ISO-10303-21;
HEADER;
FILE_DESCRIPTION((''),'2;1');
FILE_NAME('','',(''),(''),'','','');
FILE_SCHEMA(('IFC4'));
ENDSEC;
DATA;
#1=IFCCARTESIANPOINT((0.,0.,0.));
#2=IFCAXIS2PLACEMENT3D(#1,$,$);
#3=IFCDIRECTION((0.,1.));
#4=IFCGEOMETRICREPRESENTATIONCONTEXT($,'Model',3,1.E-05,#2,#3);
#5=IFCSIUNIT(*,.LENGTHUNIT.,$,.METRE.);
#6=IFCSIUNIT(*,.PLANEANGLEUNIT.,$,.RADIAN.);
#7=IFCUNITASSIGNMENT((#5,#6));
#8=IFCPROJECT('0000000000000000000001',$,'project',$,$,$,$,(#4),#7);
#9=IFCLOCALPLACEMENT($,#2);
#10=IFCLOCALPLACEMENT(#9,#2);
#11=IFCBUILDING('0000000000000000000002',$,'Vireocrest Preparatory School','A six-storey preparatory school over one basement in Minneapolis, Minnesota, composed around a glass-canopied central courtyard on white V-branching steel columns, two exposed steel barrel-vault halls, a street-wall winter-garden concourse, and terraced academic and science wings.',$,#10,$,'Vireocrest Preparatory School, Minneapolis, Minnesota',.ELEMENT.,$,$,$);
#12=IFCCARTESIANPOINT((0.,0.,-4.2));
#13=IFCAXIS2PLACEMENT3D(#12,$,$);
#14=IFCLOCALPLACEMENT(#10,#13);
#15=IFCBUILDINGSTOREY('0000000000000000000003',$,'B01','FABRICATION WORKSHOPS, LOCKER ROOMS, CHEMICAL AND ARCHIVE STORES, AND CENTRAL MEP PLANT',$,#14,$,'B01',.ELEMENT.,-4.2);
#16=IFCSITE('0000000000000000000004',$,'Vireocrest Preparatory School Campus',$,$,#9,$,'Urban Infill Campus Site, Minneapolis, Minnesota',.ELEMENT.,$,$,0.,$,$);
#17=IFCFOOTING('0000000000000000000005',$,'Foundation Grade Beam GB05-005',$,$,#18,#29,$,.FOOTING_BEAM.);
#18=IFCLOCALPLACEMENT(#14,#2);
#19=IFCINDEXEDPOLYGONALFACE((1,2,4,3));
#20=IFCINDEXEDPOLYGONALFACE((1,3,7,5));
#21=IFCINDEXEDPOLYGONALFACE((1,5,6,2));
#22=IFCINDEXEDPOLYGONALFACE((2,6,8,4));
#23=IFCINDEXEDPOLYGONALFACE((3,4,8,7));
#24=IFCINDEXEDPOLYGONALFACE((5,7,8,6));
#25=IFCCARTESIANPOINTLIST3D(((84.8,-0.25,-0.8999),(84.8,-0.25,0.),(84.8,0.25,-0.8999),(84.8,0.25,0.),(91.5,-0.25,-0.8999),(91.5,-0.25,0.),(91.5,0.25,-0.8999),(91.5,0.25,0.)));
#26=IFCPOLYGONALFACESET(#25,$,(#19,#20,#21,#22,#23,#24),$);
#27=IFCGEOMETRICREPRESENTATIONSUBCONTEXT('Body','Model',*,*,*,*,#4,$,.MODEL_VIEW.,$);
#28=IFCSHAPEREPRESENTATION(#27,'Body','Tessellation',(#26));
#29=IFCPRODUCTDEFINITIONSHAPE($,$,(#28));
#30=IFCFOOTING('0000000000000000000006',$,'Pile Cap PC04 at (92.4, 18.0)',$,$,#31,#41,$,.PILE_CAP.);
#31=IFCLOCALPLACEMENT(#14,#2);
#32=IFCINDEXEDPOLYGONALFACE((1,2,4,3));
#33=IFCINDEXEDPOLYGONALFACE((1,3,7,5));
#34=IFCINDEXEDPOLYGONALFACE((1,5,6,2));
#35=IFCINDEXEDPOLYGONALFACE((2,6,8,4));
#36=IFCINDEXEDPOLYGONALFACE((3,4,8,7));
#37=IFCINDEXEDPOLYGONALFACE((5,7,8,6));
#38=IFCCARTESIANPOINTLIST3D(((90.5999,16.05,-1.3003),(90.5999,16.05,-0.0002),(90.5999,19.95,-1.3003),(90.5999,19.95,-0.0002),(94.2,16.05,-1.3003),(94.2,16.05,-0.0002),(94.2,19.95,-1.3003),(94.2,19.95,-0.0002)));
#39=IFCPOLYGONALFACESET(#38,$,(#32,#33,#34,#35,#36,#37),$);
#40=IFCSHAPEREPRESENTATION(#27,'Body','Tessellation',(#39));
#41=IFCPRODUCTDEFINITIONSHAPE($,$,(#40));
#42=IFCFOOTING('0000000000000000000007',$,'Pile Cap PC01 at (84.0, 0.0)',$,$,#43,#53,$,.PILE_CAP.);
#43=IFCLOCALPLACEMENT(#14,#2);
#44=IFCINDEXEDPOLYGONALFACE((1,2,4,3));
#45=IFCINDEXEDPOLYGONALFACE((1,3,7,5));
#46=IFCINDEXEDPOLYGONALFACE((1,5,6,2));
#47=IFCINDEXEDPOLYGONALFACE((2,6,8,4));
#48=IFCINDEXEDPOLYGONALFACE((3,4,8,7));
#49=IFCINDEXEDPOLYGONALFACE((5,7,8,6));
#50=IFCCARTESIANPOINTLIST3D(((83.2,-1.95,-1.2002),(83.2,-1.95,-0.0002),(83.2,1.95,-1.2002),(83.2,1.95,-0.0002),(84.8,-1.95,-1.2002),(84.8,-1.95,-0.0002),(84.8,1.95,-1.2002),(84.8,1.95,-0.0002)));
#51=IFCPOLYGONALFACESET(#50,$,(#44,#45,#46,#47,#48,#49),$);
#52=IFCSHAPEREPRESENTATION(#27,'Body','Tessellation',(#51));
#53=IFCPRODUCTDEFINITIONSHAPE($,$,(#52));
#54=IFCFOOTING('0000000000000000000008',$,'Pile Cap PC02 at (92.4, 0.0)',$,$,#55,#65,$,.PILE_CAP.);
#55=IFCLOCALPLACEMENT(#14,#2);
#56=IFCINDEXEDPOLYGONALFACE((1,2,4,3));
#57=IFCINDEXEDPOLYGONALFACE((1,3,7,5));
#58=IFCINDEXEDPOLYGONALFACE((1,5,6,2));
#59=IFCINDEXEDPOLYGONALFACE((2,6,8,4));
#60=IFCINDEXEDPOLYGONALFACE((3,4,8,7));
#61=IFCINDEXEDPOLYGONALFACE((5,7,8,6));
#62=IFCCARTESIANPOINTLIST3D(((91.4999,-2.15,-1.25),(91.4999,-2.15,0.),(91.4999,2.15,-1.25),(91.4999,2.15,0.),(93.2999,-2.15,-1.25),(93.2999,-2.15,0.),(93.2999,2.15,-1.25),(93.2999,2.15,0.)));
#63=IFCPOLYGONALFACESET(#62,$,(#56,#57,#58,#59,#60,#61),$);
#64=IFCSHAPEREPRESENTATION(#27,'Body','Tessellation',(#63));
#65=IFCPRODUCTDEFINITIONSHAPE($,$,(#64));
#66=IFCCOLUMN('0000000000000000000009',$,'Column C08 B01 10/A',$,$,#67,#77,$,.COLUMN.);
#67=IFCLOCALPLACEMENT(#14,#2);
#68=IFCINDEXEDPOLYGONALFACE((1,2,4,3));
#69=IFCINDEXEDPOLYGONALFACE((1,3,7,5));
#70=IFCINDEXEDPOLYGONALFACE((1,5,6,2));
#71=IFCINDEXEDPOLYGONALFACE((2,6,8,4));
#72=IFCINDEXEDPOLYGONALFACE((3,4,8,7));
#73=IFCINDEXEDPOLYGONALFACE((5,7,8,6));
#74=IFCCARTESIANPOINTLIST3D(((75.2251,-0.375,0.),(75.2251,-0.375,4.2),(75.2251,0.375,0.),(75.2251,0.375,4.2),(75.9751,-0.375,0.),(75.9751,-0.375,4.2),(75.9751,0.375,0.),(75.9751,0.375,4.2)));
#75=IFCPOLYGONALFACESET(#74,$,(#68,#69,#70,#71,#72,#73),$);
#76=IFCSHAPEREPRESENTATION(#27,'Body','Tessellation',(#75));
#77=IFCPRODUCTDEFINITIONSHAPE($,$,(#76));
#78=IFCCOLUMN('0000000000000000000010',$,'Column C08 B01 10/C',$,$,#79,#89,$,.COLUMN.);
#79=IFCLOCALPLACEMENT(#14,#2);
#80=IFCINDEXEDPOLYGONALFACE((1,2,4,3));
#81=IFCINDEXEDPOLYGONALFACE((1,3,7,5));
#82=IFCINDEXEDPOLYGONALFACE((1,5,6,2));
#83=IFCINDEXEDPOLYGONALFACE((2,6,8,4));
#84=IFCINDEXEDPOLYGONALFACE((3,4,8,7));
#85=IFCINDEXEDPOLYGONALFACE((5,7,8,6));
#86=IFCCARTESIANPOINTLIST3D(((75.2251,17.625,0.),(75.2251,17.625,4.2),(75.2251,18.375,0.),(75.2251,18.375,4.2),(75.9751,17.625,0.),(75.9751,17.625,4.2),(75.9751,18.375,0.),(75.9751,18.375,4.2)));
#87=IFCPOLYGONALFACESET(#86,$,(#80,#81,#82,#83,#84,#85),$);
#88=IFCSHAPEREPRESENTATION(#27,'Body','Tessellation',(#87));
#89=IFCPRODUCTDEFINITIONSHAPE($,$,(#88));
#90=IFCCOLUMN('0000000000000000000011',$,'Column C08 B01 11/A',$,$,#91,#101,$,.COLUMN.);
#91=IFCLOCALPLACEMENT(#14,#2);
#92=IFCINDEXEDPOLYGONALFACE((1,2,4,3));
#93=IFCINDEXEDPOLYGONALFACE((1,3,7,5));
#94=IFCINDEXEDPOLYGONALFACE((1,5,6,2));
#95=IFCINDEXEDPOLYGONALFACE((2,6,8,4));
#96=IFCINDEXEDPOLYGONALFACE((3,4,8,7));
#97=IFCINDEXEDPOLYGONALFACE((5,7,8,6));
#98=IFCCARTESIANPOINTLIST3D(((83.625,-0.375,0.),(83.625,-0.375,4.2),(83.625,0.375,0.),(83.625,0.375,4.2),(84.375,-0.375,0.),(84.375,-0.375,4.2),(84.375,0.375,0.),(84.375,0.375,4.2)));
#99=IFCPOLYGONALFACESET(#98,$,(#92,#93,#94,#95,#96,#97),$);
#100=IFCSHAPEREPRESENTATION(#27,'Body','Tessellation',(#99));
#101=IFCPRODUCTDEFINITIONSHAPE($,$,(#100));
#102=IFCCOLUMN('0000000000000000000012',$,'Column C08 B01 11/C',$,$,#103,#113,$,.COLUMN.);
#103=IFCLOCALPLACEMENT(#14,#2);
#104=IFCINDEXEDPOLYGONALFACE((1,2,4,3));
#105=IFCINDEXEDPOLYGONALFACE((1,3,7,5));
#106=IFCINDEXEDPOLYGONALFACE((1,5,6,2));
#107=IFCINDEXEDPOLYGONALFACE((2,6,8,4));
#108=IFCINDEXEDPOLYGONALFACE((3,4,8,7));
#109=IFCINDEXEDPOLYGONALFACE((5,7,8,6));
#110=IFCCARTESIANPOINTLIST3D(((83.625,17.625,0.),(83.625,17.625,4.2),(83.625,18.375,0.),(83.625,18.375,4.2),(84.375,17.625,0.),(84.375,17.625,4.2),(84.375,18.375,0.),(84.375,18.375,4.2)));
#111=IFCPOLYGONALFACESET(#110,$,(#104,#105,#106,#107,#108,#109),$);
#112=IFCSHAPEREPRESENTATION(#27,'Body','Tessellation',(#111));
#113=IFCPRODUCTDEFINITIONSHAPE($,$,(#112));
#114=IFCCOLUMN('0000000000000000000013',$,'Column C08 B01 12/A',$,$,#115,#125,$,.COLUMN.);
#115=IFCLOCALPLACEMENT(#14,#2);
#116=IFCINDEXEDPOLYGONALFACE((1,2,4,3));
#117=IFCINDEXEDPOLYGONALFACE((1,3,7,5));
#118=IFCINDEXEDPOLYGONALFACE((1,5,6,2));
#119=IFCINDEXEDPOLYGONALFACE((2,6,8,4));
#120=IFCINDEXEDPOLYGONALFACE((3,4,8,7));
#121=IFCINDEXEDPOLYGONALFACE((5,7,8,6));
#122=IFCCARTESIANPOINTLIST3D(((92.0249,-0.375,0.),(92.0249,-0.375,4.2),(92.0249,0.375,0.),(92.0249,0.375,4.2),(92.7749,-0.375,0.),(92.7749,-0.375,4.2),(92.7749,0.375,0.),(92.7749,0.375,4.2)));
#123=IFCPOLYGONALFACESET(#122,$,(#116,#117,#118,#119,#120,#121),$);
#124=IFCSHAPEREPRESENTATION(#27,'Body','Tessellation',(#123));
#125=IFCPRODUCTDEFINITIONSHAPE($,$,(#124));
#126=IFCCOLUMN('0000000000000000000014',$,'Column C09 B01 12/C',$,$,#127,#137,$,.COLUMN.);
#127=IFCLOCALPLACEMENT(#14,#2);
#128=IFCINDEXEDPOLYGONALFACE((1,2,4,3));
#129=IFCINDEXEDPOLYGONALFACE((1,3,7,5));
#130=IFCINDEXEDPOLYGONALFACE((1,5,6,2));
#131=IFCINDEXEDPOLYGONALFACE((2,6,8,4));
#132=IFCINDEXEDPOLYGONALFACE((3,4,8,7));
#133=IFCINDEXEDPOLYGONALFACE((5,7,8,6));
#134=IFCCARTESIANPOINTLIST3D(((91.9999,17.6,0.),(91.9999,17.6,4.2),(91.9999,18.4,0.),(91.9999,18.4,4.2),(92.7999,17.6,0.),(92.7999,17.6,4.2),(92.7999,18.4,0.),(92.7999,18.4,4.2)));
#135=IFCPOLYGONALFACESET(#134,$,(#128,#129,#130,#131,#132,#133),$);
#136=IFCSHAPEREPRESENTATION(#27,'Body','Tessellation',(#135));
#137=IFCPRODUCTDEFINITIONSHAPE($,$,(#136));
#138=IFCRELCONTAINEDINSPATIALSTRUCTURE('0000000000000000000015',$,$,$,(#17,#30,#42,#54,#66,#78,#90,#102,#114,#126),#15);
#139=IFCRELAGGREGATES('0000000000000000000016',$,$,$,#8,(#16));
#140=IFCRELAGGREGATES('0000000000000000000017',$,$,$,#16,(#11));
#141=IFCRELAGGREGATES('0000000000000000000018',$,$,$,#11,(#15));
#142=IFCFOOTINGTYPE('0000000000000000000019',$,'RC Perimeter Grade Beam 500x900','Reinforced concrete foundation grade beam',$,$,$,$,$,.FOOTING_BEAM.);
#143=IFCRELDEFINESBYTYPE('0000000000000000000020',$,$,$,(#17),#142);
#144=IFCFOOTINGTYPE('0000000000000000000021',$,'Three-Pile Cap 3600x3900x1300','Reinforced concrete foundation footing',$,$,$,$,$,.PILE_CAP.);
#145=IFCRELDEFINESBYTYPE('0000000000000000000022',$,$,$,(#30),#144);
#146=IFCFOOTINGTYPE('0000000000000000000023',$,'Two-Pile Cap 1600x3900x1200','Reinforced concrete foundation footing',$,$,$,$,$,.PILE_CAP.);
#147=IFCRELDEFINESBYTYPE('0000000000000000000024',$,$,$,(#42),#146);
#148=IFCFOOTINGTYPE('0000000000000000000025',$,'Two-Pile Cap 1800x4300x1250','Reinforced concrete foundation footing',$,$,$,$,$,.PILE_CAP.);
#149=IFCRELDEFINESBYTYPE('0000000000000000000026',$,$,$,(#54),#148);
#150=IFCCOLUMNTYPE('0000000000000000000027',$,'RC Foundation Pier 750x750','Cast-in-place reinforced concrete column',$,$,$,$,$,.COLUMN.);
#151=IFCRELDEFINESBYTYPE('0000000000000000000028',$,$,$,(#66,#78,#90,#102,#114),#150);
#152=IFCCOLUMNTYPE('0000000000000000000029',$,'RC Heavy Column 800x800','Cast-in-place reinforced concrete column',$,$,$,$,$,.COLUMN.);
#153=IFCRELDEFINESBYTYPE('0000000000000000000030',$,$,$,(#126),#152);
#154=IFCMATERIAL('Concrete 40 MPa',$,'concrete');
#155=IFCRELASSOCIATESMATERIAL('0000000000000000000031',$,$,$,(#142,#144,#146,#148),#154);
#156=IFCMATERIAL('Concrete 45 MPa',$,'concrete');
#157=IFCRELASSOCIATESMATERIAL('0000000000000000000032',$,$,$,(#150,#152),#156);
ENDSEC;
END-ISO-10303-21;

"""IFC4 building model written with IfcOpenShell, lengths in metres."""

from ifc_helpers import new_model, si_unit, direction, frame, origin, origin_2d, place, context, subcontext, project, spatial, rectangle, extrude, material, material_profile, profile_set, type_object, element, save


model = new_model("IFC4")

# Units and contexts
model_context = context("Model", 3, precision=1e-05, world=origin(), true_north=direction((0.0, 1.0)))
body_context = subcontext(model_context, "Body", "Model", "MODEL_VIEW")
ifc_project = project(units=[si_unit("LENGTHUNIT", "METRE"), si_unit("PLANEANGLEUNIT", "RADIAN")], contexts=[model_context])

# Site, building, storey
site_placement = place(None, origin())
site = spatial("IfcSite", under=ifc_project, at=site_placement, Name="Vireocrest Preparatory School Campus", LongName="Urban Infill Campus Site, Minneapolis, Minnesota", CompositionType="ELEMENT", RefElevation=0.0)
building_placement = place(site_placement, origin())
building = spatial("IfcBuilding", under=site, at=building_placement, Name="Vireocrest Preparatory School", Description="A six-storey preparatory school over one basement in Minneapolis, Minnesota, composed around a glass-canopied central courtyard on white V-branching steel columns, two exposed steel barrel-vault halls, a street-wall winter-garden concourse, and terraced academic and science wings.", LongName="Vireocrest Preparatory School, Minneapolis, Minnesota", CompositionType="ELEMENT")
storey_placement = place(building_placement, frame((0.0, 0.0, -4.2)))
storey = spatial("IfcBuildingStorey", under=building, at=storey_placement, Name="B01", Description="FABRICATION WORKSHOPS, LOCKER ROOMS, CHEMICAL AND ARCHIVE STORES, AND CENTRAL MEP PLANT", LongName="B01", CompositionType="ELEMENT", Elevation=-4.2)

# Shared definitions
ifc_material_1 = material(Name="Concrete 40 MPa", Category="concrete")

# Footings
ifc_material_profile_1 = material_profile(ifc_material_1, rectangle(XDim=0.5, YDim=0.8999, at=origin_2d()), Name="GB 500x900")
ifc_profile_set_1 = profile_set([ifc_material_profile_1], Name="Concrete 40 MPa")
footing_type_1 = type_object("IfcFootingType", Name="RC Perimeter Grade Beam 500x900", Description="Reinforced concrete foundation grade beam", PredefinedType="FOOTING_BEAM", material=ifc_profile_set_1)
footing_1_placement = place(storey_placement, frame((84.8, 0.0, -0.45), z_axis=(1.0, 0.0, 0.0), x_axis=(0.0, 1.0, 0.0)))
element("IfcFooting", 1, at=footing_1_placement, inside=storey, type_object=footing_type_1, Name="Foundation Grade Beam GB05-005", PredefinedType="FOOTING_BEAM", context=body_context, shape_type="SweptSolid", body=[
    extrude(rectangle(XDim=0.5, YDim=0.8999, at=origin_2d()), origin(), (0.0, 0.0, 1.0), 6.7),
])
footing_type_2 = type_object("IfcFootingType", Name="Three-Pile Cap 3600x3900x1300", Description="Reinforced concrete foundation footing", PredefinedType="PILE_CAP", material=ifc_material_1)
footing_2_placement = place(storey_placement, frame((92.3999, 18.0, -1.3003), z_axis=(0.0, 0.0, 1.0), x_axis=(1.0, 0.0, 0.0)))
element("IfcFooting", 2, at=footing_2_placement, inside=storey, type_object=footing_type_2, Name="Pile Cap PC04 at (92.4, 18.0)", PredefinedType="PILE_CAP", context=body_context, shape_type="SweptSolid", body=[
    extrude(rectangle(XDim=3.6001, YDim=3.8999, at=origin_2d()), origin(), (0.0, 0.0, 1.0), 1.3),
])
footing_type_3 = type_object("IfcFootingType", Name="Two-Pile Cap 1600x3900x1200", Description="Reinforced concrete foundation footing", PredefinedType="PILE_CAP", material=ifc_material_1)
footing_3_placement = place(storey_placement, frame((84.0, 0.0, -1.2002), z_axis=(0.0, 0.0, 1.0), x_axis=(1.0, 0.0, 0.0)))
element("IfcFooting", 3, at=footing_3_placement, inside=storey, type_object=footing_type_3, Name="Pile Cap PC01 at (84.0, 0.0)", PredefinedType="PILE_CAP", context=body_context, shape_type="SweptSolid", body=[
    extrude(rectangle(XDim=1.6001, YDim=3.8999, at=origin_2d()), origin(), (0.0, 0.0, 1.0), 1.2),
])
footing_type_4 = type_object("IfcFootingType", Name="Two-Pile Cap 1800x4300x1250", Description="Reinforced concrete foundation footing", PredefinedType="PILE_CAP", material=ifc_material_1)
footing_4_placement = place(storey_placement, frame((92.3999, 0.0, -1.25), z_axis=(0.0, 0.0, 1.0), x_axis=(1.0, 0.0, 0.0)))
element("IfcFooting", 4, at=footing_4_placement, inside=storey, type_object=footing_type_4, Name="Pile Cap PC02 at (92.4, 0.0)", PredefinedType="PILE_CAP", context=body_context, shape_type="SweptSolid", body=[
    extrude(rectangle(XDim=1.8, YDim=4.3, at=origin_2d()), origin(), (0.0, 0.0, 1.0), 1.25),
])

# Columns
ifc_material_2 = material(Name="Concrete 45 MPa", Category="concrete")
ifc_material_profile_2 = material_profile(ifc_material_2, rectangle(XDim=0.75, YDim=0.75, at=origin_2d()), Name="RC 750x750")
ifc_profile_set_2 = profile_set([ifc_material_profile_2], Name="Concrete 45 MPa")
column_type_1 = type_object("IfcColumnType", Name="RC Foundation Pier 750x750", Description="Cast-in-place reinforced concrete column", PredefinedType="COLUMN", material=ifc_profile_set_2)
for number, where, z_axis, x_axis, name in (
    (5, (75.6001, 0.0, 0.0), (0.0, 0.0, 1.0), (1.0, 0.0, 0.0), "Column C08 B01 10/A"),
    (6, (75.6001, 18.0, 0.0), (0.0, 0.0, 1.0), (1.0, 0.0, 0.0), "Column C08 B01 10/C"),
    (7, (84.0, 0.0, 0.0), (0.0, 0.0, 1.0), (1.0, 0.0, 0.0), "Column C08 B01 11/A"),
    (8, (84.0, 18.0, 0.0), (0.0, 0.0, 1.0), (1.0, 0.0, 0.0), "Column C08 B01 11/C"),
    (9, (92.3999, 0.0, 0.0), (0.0, 0.0, 1.0), (1.0, 0.0, 0.0), "Column C08 B01 12/A"),
):
    element("IfcColumn", number, at=place(storey_placement, frame(where, z_axis=z_axis, x_axis=x_axis)), inside=storey, type_object=column_type_1, Name=name, PredefinedType="COLUMN", context=body_context, shape_type="SweptSolid", body=[
        extrude(rectangle(XDim=0.75, YDim=0.75, at=origin_2d()), origin(), (0.0, 0.0, 1.0), 4.2),
    ])
ifc_material_profile_3 = material_profile(ifc_material_2, rectangle(XDim=0.8, YDim=0.8, at=origin_2d()), Name="RC 800x800")
ifc_profile_set_3 = profile_set([ifc_material_profile_3], Name="Concrete 45 MPa")
column_type_2 = type_object("IfcColumnType", Name="RC Heavy Column 800x800", Description="Cast-in-place reinforced concrete column", PredefinedType="COLUMN", material=ifc_profile_set_3)
column_placement = place(storey_placement, frame((92.3999, 18.0, 0.0), z_axis=(0.0, 0.0, 1.0), x_axis=(1.0, 0.0, 0.0)))
element("IfcColumn", 10, at=column_placement, inside=storey, type_object=column_type_2, Name="Column C09 B01 12/C", PredefinedType="COLUMN", context=body_context, shape_type="SweptSolid", body=[
    extrude(rectangle(XDim=0.8, YDim=0.8, at=origin_2d()), origin(), (0.0, 0.0, 1.0), 4.2),
])

save(model, "model.ifc")
